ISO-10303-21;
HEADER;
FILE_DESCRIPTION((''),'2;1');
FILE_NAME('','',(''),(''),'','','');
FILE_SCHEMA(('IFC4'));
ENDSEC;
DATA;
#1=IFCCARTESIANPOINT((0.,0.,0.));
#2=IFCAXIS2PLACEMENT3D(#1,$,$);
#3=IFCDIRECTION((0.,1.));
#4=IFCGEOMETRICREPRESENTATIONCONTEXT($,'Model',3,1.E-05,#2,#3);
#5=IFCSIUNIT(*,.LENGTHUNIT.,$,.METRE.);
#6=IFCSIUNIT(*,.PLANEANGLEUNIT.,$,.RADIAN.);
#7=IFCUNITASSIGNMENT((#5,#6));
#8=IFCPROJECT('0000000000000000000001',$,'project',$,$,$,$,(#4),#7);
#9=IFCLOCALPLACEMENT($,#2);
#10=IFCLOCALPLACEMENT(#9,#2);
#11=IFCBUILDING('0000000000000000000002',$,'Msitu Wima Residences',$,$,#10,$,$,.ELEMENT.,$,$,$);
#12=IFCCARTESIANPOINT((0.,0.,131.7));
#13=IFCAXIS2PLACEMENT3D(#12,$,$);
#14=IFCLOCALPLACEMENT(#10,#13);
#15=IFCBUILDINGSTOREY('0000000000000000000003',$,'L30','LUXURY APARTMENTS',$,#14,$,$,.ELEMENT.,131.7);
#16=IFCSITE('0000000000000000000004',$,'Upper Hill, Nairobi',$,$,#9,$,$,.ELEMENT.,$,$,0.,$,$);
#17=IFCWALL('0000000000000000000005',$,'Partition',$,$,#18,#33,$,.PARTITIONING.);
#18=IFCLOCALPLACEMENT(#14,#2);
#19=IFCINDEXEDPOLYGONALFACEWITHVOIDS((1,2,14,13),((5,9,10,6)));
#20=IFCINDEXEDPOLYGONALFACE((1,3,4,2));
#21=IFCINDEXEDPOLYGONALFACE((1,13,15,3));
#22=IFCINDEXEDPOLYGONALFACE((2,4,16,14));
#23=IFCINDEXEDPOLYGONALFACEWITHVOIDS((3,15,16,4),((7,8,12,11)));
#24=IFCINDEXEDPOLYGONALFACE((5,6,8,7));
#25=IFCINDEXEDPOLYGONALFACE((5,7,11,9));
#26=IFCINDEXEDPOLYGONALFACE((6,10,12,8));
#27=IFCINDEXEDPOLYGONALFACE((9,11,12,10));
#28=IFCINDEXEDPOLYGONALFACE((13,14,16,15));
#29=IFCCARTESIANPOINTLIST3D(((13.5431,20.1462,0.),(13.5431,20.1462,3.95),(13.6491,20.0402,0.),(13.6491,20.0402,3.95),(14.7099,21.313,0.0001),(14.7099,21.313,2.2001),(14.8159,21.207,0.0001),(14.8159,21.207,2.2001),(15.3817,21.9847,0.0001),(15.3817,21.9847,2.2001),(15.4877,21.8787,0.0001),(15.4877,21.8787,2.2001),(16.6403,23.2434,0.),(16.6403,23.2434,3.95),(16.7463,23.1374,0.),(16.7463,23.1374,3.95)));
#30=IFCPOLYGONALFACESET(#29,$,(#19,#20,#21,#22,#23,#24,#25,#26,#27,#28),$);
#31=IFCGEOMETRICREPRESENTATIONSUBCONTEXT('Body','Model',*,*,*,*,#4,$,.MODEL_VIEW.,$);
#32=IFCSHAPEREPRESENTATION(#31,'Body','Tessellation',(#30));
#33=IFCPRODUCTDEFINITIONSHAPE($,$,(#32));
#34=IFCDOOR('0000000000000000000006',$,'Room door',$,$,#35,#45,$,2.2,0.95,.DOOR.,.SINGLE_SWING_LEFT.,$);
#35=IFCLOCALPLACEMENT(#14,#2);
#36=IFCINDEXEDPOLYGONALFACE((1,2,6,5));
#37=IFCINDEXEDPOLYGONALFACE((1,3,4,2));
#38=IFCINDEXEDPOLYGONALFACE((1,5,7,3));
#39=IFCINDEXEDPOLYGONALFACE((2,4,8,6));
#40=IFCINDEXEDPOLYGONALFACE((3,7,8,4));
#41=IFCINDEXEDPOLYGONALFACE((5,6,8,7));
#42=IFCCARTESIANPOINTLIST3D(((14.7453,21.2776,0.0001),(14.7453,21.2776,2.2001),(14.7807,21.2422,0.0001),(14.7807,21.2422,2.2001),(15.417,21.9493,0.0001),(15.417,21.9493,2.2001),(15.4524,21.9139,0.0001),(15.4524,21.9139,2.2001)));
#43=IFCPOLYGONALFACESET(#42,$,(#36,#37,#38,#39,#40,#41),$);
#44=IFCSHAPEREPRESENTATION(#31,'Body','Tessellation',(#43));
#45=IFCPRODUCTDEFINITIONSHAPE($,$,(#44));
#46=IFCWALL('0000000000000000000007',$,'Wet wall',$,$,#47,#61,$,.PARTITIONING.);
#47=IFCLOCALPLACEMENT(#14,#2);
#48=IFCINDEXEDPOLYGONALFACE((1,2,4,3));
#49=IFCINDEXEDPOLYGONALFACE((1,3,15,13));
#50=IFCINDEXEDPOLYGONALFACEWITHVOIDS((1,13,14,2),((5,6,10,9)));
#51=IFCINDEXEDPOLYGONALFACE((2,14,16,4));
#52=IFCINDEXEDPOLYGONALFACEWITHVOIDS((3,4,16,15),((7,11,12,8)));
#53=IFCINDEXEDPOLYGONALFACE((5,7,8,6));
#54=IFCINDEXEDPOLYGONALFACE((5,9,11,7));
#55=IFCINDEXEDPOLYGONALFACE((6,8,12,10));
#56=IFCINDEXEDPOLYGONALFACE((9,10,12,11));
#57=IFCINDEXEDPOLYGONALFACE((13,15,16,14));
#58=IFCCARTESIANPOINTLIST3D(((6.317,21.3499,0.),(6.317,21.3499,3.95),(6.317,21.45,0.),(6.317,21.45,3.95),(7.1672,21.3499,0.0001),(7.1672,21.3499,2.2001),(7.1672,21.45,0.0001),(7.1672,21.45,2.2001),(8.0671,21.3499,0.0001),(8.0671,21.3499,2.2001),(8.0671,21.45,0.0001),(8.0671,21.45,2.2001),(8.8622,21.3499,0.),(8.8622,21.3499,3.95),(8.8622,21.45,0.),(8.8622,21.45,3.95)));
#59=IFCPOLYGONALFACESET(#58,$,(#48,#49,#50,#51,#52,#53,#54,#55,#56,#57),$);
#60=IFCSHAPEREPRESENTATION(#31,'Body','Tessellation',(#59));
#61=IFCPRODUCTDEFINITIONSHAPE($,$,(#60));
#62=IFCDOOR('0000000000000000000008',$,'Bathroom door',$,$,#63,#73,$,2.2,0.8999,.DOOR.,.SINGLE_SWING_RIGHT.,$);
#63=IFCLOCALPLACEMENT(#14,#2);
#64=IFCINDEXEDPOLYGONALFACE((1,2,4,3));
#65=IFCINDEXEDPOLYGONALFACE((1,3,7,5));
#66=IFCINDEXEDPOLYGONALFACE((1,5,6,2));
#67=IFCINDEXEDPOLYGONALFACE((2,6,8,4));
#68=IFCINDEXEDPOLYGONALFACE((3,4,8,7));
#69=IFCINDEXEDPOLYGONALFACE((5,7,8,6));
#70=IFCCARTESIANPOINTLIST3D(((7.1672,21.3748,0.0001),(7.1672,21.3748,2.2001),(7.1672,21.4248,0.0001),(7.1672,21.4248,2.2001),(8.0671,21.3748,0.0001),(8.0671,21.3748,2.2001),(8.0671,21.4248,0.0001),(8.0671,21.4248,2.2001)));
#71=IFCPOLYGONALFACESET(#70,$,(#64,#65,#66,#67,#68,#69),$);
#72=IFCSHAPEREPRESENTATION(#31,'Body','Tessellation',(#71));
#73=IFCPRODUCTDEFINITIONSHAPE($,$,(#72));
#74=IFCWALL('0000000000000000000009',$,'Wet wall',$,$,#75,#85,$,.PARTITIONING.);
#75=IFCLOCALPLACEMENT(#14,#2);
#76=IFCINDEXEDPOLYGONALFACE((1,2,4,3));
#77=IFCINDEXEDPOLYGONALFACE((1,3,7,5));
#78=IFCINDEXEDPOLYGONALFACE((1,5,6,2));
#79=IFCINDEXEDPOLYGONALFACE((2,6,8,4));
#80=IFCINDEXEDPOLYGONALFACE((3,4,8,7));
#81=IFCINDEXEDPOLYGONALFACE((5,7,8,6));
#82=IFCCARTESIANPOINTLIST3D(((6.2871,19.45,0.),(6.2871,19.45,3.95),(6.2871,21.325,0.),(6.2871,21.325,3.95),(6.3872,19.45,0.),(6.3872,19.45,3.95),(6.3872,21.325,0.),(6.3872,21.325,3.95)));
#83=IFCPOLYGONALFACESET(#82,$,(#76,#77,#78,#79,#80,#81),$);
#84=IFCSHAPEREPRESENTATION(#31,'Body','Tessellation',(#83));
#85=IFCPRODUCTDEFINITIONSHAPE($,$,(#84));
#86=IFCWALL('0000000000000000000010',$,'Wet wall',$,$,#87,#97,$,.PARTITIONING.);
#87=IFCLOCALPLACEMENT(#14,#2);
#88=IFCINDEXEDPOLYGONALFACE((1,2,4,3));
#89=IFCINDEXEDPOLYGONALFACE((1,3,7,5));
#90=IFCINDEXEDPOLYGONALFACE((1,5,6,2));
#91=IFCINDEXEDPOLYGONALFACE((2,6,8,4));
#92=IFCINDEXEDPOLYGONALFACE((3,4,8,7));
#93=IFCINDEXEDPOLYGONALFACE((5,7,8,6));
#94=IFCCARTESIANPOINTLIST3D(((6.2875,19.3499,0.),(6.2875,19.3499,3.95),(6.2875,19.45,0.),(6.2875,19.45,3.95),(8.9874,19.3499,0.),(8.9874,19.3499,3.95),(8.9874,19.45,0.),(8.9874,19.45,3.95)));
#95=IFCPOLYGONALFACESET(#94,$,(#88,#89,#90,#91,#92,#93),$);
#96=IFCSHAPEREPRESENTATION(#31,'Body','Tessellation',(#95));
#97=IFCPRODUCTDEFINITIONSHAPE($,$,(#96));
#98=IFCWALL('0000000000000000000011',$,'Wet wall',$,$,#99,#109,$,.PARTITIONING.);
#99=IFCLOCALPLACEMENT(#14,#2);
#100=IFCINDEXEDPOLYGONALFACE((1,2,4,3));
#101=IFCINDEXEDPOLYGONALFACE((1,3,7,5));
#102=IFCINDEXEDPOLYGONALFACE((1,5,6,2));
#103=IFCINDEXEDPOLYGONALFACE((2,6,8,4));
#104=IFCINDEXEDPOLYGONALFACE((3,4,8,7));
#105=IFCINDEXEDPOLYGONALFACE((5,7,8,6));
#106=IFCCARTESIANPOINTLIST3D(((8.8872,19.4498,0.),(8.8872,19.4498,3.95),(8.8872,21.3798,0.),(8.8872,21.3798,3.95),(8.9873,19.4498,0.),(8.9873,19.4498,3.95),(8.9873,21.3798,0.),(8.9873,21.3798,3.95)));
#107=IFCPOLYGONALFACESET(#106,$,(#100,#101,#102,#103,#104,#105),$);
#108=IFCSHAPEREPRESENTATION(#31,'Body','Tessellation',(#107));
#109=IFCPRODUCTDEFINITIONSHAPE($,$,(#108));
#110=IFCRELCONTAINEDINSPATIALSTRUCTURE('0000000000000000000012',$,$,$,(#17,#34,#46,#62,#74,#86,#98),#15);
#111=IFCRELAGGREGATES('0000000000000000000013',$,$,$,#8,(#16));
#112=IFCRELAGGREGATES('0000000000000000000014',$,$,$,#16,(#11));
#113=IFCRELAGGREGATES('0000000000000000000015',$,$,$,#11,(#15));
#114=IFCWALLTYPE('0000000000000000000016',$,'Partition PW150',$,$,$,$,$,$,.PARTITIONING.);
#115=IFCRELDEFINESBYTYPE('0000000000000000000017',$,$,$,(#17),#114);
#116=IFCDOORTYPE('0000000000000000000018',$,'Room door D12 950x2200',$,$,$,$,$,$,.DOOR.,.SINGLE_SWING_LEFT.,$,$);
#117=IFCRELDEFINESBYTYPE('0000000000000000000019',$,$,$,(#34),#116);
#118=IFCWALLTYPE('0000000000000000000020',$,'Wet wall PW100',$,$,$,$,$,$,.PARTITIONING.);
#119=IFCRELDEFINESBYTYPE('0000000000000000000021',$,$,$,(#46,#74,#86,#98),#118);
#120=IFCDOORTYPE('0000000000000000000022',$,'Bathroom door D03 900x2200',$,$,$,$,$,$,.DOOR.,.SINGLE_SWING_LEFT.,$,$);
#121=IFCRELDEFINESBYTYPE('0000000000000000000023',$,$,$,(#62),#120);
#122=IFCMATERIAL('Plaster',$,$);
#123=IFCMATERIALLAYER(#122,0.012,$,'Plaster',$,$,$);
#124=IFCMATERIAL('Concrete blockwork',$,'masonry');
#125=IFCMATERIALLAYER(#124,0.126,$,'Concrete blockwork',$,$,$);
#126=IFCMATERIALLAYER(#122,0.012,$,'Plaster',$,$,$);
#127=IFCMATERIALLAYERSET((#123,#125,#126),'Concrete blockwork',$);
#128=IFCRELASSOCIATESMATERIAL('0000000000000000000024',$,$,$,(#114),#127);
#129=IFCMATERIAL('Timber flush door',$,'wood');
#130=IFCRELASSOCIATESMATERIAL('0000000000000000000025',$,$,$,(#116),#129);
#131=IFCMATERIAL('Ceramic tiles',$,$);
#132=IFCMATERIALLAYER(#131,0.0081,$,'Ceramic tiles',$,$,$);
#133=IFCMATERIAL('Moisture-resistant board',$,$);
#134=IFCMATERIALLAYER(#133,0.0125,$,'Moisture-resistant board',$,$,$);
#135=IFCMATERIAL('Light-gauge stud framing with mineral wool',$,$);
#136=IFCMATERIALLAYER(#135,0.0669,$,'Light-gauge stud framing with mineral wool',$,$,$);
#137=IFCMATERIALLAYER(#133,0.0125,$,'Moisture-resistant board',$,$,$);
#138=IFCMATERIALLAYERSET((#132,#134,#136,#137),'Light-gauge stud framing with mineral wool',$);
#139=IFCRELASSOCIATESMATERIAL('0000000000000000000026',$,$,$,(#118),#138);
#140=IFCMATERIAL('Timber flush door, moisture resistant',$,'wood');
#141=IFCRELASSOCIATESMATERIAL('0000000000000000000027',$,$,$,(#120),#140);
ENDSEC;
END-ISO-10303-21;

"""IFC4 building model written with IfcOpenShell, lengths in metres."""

from ifc_helpers import new_model, si_unit, direction, frame, frame_2d, origin, place, context, subcontext, project, spatial, rectangle, extrude, material, layer, layer_set, type_object, element, fill, save


model = new_model("IFC4")

# Units and contexts
model_context = context("Model", 3, precision=1e-05, world=origin(), true_north=direction((0.0, 1.0)))
body_context = subcontext(model_context, "Body", "Model", "MODEL_VIEW")
ifc_project = project(units=[si_unit("LENGTHUNIT", "METRE"), si_unit("PLANEANGLEUNIT", "RADIAN")], contexts=[model_context])

# Site, building, storey
site_placement = place(None, origin())
site = spatial("IfcSite", under=ifc_project, at=site_placement, Name="Upper Hill, Nairobi", CompositionType="ELEMENT", RefElevation=0.0)
building_placement = place(site_placement, origin())
building = spatial("IfcBuilding", under=site, at=building_placement, Name="Msitu Wima Residences", CompositionType="ELEMENT")
storey_placement = place(building_placement, frame((0.0, 0.0, 131.7)))
storey = spatial("IfcBuildingStorey", under=building, at=storey_placement, Name="L30", Description="LUXURY APARTMENTS", CompositionType="ELEMENT", Elevation=131.7)

# Shared definitions
ifc_material_1 = material(Name="Plaster")
ifc_layer_1 = layer(ifc_material_1, 0.012, Name="Plaster")
ifc_material_2 = material(Name="Concrete blockwork", Category="masonry")
ifc_layer_2 = layer(ifc_material_2, 0.126, Name="Concrete blockwork")
ifc_layer_3 = layer(ifc_material_1, 0.012, Name="Plaster")
ifc_layer_set_1 = layer_set([ifc_layer_1, ifc_layer_2, ifc_layer_3], Name="Concrete blockwork")
wall_type_1 = type_object("IfcWallType", Name="Partition PW150", PredefinedType="PARTITIONING", material=ifc_layer_set_1)
ifc_material_3 = material(Name="Timber flush door", Category="wood")
door_type_1 = type_object("IfcDoorType", Name="Room door D12 950x2200", OperationType="SINGLE_SWING_LEFT", PredefinedType="DOOR", material=ifc_material_3)

# Walls, openings, doors
wall_1_placement = place(storey_placement, frame((13.5962, 20.0933, 0.0), z_axis=(0.0, 0.0, 1.0), x_axis=(0.707107, 0.707107, 0.0)))
wall_1 = element("IfcWall", 1, at=wall_1_placement, inside=storey, type_object=wall_type_1, Name="Partition", PredefinedType="PARTITIONING", context=body_context, shape_type="SweptSolid", body=[
    extrude(rectangle(XDim=4.3801, YDim=0.1499, at=frame_2d((2.1899, 0.0))), origin(), (0.0, 0.0, 1.0), 3.95),
])
opening_1_placement = place(wall_1_placement, frame((1.6499, 0.0, 0.0)))
opening_1 = element("IfcOpeningElement", 2, at=opening_1_placement, cuts=wall_1, PredefinedType="OPENING", context=body_context, shape_type="SweptSolid", body=[
    extrude(rectangle(XDim=0.95, YDim=2.2, at=frame_2d((0.4751, 1.1001))), frame((0.0, 0.085, 0.0), z_axis=(0.0, -1.0, 0.0), x_axis=(1.0, 0.0, 0.0)), (0.0, 0.0, 1.0), 0.1699),
])
door_1_placement = place(opening_1_placement, origin())
door_1 = element("IfcDoor", 3, at=door_1_placement, inside=storey, type_object=door_type_1, Name="Room door", OperationType="SINGLE_SWING_LEFT", OverallHeight=2.2, OverallWidth=0.95, PredefinedType="DOOR", context=body_context, shape_type="SweptSolid", body=[
    extrude(rectangle(XDim=0.95, YDim=2.2, at=frame_2d((0.4751, 1.1001))), frame((0.0, 0.0249, 0.0), z_axis=(0.0, -1.0, 0.0), x_axis=(1.0, 0.0, 0.0)), (0.0, 0.0, 1.0), 0.05),
])
fill(opening_1, door_1)
ifc_material_4 = material(Name="Ceramic tiles")
ifc_layer_4 = layer(ifc_material_4, 0.0081, Name="Ceramic tiles")
ifc_material_5 = material(Name="Moisture-resistant board")
ifc_layer_5 = layer(ifc_material_5, 0.0125, Name="Moisture-resistant board")
ifc_material_6 = material(Name="Light-gauge stud framing with mineral wool")
ifc_layer_6 = layer(ifc_material_6, 0.0669, Name="Light-gauge stud framing with mineral wool")
ifc_layer_7 = layer(ifc_material_5, 0.0125, Name="Moisture-resistant board")
ifc_layer_set_2 = layer_set([ifc_layer_4, ifc_layer_5, ifc_layer_6, ifc_layer_7], Name="Light-gauge stud framing with mineral wool")
wall_type_2 = type_object("IfcWallType", Name="Wet wall PW100", PredefinedType="PARTITIONING", material=ifc_layer_set_2)
wall_2_placement = place(storey_placement, frame((6.3171, 21.3999, 0.0), z_axis=(0.0, 0.0, 1.0), x_axis=(1.0, 0.0, 0.0)))
wall_2 = element("IfcWall", 4, at=wall_2_placement, inside=storey, type_object=wall_type_2, Name="Wet wall", PredefinedType="PARTITIONING", context=body_context, shape_type="SweptSolid", body=[
    extrude(rectangle(XDim=2.5452, YDim=0.1001, at=frame_2d((1.2725, 0.0))), origin(), (0.0, 0.0, 1.0), 3.95),
])
opening_2_placement = place(wall_2_placement, frame((0.8501, 0.0, 0.0)))
opening_2 = element("IfcOpeningElement", 5, at=opening_2_placement, cuts=wall_2, PredefinedType="OPENING", context=body_context, shape_type="SweptSolid", body=[
    extrude(rectangle(XDim=0.8999, YDim=2.2, at=frame_2d((0.45, 1.1001))), frame((0.0, 0.0601, 0.0), z_axis=(0.0, -1.0, 0.0), x_axis=(1.0, 0.0, 0.0)), (0.0, 0.0, 1.0), 0.1201),
])
ifc_material_7 = material(Name="Timber flush door, moisture resistant", Category="wood")
door_type_2 = type_object("IfcDoorType", Name="Bathroom door D03 900x2200", OperationType="SINGLE_SWING_LEFT", PredefinedType="DOOR", material=ifc_material_7)
door_2_placement = place(opening_2_placement, origin())
door_2 = element("IfcDoor", 6, at=door_2_placement, inside=storey, type_object=door_type_2, Name="Bathroom door", OperationType="SINGLE_SWING_RIGHT", OverallHeight=2.2, OverallWidth=0.8999, PredefinedType="DOOR", context=body_context, shape_type="SweptSolid", body=[
    extrude(rectangle(XDim=0.8999, YDim=2.2, at=frame_2d((0.45, 1.1001))), frame((0.0, 0.0249, 0.0), z_axis=(0.0, -1.0, 0.0), x_axis=(1.0, 0.0, 0.0)), (0.0, 0.0, 1.0), 0.05),
])
fill(opening_2, door_2)

# Walls
wall_3_placement = place(storey_placement, frame((6.3372, 19.45, 0.0), z_axis=(0.0, 0.0, 1.0), x_axis=(0.0, 1.0, 0.0)))
element("IfcWall", 7, at=wall_3_placement, inside=storey, type_object=wall_type_2, Name="Wet wall", PredefinedType="PARTITIONING", context=body_context, shape_type="SweptSolid", body=[
    extrude(rectangle(XDim=1.875, YDim=0.1001, at=frame_2d((0.9375, 0.0))), origin(), (0.0, 0.0, 1.0), 3.95),
])
wall_4_placement = place(storey_placement, frame((6.2874, 19.3999, 0.0), z_axis=(0.0, 0.0, 1.0), x_axis=(1.0, 0.0, 0.0)))
element("IfcWall", 8, at=wall_4_placement, inside=storey, type_object=wall_type_2, Name="Wet wall", PredefinedType="PARTITIONING", context=body_context, shape_type="SweptSolid", body=[
    extrude(rectangle(XDim=2.7, YDim=0.1001, at=frame_2d((1.3501, 0.0))), origin(), (0.0, 0.0, 1.0), 3.95),
])
wall_5_placement = place(storey_placement, frame((8.9373, 19.45, 0.0), z_axis=(0.0, 0.0, 1.0), x_axis=(0.0, 1.0, 0.0)))
element("IfcWall", 9, at=wall_5_placement, inside=storey, type_object=wall_type_2, Name="Wet wall", PredefinedType="PARTITIONING", context=body_context, shape_type="SweptSolid", body=[
    extrude(rectangle(XDim=1.9299, YDim=0.1001, at=frame_2d((0.9648, 0.0))), origin(), (0.0, 0.0, 1.0), 3.95),
])

save(model, "model.ifc")
